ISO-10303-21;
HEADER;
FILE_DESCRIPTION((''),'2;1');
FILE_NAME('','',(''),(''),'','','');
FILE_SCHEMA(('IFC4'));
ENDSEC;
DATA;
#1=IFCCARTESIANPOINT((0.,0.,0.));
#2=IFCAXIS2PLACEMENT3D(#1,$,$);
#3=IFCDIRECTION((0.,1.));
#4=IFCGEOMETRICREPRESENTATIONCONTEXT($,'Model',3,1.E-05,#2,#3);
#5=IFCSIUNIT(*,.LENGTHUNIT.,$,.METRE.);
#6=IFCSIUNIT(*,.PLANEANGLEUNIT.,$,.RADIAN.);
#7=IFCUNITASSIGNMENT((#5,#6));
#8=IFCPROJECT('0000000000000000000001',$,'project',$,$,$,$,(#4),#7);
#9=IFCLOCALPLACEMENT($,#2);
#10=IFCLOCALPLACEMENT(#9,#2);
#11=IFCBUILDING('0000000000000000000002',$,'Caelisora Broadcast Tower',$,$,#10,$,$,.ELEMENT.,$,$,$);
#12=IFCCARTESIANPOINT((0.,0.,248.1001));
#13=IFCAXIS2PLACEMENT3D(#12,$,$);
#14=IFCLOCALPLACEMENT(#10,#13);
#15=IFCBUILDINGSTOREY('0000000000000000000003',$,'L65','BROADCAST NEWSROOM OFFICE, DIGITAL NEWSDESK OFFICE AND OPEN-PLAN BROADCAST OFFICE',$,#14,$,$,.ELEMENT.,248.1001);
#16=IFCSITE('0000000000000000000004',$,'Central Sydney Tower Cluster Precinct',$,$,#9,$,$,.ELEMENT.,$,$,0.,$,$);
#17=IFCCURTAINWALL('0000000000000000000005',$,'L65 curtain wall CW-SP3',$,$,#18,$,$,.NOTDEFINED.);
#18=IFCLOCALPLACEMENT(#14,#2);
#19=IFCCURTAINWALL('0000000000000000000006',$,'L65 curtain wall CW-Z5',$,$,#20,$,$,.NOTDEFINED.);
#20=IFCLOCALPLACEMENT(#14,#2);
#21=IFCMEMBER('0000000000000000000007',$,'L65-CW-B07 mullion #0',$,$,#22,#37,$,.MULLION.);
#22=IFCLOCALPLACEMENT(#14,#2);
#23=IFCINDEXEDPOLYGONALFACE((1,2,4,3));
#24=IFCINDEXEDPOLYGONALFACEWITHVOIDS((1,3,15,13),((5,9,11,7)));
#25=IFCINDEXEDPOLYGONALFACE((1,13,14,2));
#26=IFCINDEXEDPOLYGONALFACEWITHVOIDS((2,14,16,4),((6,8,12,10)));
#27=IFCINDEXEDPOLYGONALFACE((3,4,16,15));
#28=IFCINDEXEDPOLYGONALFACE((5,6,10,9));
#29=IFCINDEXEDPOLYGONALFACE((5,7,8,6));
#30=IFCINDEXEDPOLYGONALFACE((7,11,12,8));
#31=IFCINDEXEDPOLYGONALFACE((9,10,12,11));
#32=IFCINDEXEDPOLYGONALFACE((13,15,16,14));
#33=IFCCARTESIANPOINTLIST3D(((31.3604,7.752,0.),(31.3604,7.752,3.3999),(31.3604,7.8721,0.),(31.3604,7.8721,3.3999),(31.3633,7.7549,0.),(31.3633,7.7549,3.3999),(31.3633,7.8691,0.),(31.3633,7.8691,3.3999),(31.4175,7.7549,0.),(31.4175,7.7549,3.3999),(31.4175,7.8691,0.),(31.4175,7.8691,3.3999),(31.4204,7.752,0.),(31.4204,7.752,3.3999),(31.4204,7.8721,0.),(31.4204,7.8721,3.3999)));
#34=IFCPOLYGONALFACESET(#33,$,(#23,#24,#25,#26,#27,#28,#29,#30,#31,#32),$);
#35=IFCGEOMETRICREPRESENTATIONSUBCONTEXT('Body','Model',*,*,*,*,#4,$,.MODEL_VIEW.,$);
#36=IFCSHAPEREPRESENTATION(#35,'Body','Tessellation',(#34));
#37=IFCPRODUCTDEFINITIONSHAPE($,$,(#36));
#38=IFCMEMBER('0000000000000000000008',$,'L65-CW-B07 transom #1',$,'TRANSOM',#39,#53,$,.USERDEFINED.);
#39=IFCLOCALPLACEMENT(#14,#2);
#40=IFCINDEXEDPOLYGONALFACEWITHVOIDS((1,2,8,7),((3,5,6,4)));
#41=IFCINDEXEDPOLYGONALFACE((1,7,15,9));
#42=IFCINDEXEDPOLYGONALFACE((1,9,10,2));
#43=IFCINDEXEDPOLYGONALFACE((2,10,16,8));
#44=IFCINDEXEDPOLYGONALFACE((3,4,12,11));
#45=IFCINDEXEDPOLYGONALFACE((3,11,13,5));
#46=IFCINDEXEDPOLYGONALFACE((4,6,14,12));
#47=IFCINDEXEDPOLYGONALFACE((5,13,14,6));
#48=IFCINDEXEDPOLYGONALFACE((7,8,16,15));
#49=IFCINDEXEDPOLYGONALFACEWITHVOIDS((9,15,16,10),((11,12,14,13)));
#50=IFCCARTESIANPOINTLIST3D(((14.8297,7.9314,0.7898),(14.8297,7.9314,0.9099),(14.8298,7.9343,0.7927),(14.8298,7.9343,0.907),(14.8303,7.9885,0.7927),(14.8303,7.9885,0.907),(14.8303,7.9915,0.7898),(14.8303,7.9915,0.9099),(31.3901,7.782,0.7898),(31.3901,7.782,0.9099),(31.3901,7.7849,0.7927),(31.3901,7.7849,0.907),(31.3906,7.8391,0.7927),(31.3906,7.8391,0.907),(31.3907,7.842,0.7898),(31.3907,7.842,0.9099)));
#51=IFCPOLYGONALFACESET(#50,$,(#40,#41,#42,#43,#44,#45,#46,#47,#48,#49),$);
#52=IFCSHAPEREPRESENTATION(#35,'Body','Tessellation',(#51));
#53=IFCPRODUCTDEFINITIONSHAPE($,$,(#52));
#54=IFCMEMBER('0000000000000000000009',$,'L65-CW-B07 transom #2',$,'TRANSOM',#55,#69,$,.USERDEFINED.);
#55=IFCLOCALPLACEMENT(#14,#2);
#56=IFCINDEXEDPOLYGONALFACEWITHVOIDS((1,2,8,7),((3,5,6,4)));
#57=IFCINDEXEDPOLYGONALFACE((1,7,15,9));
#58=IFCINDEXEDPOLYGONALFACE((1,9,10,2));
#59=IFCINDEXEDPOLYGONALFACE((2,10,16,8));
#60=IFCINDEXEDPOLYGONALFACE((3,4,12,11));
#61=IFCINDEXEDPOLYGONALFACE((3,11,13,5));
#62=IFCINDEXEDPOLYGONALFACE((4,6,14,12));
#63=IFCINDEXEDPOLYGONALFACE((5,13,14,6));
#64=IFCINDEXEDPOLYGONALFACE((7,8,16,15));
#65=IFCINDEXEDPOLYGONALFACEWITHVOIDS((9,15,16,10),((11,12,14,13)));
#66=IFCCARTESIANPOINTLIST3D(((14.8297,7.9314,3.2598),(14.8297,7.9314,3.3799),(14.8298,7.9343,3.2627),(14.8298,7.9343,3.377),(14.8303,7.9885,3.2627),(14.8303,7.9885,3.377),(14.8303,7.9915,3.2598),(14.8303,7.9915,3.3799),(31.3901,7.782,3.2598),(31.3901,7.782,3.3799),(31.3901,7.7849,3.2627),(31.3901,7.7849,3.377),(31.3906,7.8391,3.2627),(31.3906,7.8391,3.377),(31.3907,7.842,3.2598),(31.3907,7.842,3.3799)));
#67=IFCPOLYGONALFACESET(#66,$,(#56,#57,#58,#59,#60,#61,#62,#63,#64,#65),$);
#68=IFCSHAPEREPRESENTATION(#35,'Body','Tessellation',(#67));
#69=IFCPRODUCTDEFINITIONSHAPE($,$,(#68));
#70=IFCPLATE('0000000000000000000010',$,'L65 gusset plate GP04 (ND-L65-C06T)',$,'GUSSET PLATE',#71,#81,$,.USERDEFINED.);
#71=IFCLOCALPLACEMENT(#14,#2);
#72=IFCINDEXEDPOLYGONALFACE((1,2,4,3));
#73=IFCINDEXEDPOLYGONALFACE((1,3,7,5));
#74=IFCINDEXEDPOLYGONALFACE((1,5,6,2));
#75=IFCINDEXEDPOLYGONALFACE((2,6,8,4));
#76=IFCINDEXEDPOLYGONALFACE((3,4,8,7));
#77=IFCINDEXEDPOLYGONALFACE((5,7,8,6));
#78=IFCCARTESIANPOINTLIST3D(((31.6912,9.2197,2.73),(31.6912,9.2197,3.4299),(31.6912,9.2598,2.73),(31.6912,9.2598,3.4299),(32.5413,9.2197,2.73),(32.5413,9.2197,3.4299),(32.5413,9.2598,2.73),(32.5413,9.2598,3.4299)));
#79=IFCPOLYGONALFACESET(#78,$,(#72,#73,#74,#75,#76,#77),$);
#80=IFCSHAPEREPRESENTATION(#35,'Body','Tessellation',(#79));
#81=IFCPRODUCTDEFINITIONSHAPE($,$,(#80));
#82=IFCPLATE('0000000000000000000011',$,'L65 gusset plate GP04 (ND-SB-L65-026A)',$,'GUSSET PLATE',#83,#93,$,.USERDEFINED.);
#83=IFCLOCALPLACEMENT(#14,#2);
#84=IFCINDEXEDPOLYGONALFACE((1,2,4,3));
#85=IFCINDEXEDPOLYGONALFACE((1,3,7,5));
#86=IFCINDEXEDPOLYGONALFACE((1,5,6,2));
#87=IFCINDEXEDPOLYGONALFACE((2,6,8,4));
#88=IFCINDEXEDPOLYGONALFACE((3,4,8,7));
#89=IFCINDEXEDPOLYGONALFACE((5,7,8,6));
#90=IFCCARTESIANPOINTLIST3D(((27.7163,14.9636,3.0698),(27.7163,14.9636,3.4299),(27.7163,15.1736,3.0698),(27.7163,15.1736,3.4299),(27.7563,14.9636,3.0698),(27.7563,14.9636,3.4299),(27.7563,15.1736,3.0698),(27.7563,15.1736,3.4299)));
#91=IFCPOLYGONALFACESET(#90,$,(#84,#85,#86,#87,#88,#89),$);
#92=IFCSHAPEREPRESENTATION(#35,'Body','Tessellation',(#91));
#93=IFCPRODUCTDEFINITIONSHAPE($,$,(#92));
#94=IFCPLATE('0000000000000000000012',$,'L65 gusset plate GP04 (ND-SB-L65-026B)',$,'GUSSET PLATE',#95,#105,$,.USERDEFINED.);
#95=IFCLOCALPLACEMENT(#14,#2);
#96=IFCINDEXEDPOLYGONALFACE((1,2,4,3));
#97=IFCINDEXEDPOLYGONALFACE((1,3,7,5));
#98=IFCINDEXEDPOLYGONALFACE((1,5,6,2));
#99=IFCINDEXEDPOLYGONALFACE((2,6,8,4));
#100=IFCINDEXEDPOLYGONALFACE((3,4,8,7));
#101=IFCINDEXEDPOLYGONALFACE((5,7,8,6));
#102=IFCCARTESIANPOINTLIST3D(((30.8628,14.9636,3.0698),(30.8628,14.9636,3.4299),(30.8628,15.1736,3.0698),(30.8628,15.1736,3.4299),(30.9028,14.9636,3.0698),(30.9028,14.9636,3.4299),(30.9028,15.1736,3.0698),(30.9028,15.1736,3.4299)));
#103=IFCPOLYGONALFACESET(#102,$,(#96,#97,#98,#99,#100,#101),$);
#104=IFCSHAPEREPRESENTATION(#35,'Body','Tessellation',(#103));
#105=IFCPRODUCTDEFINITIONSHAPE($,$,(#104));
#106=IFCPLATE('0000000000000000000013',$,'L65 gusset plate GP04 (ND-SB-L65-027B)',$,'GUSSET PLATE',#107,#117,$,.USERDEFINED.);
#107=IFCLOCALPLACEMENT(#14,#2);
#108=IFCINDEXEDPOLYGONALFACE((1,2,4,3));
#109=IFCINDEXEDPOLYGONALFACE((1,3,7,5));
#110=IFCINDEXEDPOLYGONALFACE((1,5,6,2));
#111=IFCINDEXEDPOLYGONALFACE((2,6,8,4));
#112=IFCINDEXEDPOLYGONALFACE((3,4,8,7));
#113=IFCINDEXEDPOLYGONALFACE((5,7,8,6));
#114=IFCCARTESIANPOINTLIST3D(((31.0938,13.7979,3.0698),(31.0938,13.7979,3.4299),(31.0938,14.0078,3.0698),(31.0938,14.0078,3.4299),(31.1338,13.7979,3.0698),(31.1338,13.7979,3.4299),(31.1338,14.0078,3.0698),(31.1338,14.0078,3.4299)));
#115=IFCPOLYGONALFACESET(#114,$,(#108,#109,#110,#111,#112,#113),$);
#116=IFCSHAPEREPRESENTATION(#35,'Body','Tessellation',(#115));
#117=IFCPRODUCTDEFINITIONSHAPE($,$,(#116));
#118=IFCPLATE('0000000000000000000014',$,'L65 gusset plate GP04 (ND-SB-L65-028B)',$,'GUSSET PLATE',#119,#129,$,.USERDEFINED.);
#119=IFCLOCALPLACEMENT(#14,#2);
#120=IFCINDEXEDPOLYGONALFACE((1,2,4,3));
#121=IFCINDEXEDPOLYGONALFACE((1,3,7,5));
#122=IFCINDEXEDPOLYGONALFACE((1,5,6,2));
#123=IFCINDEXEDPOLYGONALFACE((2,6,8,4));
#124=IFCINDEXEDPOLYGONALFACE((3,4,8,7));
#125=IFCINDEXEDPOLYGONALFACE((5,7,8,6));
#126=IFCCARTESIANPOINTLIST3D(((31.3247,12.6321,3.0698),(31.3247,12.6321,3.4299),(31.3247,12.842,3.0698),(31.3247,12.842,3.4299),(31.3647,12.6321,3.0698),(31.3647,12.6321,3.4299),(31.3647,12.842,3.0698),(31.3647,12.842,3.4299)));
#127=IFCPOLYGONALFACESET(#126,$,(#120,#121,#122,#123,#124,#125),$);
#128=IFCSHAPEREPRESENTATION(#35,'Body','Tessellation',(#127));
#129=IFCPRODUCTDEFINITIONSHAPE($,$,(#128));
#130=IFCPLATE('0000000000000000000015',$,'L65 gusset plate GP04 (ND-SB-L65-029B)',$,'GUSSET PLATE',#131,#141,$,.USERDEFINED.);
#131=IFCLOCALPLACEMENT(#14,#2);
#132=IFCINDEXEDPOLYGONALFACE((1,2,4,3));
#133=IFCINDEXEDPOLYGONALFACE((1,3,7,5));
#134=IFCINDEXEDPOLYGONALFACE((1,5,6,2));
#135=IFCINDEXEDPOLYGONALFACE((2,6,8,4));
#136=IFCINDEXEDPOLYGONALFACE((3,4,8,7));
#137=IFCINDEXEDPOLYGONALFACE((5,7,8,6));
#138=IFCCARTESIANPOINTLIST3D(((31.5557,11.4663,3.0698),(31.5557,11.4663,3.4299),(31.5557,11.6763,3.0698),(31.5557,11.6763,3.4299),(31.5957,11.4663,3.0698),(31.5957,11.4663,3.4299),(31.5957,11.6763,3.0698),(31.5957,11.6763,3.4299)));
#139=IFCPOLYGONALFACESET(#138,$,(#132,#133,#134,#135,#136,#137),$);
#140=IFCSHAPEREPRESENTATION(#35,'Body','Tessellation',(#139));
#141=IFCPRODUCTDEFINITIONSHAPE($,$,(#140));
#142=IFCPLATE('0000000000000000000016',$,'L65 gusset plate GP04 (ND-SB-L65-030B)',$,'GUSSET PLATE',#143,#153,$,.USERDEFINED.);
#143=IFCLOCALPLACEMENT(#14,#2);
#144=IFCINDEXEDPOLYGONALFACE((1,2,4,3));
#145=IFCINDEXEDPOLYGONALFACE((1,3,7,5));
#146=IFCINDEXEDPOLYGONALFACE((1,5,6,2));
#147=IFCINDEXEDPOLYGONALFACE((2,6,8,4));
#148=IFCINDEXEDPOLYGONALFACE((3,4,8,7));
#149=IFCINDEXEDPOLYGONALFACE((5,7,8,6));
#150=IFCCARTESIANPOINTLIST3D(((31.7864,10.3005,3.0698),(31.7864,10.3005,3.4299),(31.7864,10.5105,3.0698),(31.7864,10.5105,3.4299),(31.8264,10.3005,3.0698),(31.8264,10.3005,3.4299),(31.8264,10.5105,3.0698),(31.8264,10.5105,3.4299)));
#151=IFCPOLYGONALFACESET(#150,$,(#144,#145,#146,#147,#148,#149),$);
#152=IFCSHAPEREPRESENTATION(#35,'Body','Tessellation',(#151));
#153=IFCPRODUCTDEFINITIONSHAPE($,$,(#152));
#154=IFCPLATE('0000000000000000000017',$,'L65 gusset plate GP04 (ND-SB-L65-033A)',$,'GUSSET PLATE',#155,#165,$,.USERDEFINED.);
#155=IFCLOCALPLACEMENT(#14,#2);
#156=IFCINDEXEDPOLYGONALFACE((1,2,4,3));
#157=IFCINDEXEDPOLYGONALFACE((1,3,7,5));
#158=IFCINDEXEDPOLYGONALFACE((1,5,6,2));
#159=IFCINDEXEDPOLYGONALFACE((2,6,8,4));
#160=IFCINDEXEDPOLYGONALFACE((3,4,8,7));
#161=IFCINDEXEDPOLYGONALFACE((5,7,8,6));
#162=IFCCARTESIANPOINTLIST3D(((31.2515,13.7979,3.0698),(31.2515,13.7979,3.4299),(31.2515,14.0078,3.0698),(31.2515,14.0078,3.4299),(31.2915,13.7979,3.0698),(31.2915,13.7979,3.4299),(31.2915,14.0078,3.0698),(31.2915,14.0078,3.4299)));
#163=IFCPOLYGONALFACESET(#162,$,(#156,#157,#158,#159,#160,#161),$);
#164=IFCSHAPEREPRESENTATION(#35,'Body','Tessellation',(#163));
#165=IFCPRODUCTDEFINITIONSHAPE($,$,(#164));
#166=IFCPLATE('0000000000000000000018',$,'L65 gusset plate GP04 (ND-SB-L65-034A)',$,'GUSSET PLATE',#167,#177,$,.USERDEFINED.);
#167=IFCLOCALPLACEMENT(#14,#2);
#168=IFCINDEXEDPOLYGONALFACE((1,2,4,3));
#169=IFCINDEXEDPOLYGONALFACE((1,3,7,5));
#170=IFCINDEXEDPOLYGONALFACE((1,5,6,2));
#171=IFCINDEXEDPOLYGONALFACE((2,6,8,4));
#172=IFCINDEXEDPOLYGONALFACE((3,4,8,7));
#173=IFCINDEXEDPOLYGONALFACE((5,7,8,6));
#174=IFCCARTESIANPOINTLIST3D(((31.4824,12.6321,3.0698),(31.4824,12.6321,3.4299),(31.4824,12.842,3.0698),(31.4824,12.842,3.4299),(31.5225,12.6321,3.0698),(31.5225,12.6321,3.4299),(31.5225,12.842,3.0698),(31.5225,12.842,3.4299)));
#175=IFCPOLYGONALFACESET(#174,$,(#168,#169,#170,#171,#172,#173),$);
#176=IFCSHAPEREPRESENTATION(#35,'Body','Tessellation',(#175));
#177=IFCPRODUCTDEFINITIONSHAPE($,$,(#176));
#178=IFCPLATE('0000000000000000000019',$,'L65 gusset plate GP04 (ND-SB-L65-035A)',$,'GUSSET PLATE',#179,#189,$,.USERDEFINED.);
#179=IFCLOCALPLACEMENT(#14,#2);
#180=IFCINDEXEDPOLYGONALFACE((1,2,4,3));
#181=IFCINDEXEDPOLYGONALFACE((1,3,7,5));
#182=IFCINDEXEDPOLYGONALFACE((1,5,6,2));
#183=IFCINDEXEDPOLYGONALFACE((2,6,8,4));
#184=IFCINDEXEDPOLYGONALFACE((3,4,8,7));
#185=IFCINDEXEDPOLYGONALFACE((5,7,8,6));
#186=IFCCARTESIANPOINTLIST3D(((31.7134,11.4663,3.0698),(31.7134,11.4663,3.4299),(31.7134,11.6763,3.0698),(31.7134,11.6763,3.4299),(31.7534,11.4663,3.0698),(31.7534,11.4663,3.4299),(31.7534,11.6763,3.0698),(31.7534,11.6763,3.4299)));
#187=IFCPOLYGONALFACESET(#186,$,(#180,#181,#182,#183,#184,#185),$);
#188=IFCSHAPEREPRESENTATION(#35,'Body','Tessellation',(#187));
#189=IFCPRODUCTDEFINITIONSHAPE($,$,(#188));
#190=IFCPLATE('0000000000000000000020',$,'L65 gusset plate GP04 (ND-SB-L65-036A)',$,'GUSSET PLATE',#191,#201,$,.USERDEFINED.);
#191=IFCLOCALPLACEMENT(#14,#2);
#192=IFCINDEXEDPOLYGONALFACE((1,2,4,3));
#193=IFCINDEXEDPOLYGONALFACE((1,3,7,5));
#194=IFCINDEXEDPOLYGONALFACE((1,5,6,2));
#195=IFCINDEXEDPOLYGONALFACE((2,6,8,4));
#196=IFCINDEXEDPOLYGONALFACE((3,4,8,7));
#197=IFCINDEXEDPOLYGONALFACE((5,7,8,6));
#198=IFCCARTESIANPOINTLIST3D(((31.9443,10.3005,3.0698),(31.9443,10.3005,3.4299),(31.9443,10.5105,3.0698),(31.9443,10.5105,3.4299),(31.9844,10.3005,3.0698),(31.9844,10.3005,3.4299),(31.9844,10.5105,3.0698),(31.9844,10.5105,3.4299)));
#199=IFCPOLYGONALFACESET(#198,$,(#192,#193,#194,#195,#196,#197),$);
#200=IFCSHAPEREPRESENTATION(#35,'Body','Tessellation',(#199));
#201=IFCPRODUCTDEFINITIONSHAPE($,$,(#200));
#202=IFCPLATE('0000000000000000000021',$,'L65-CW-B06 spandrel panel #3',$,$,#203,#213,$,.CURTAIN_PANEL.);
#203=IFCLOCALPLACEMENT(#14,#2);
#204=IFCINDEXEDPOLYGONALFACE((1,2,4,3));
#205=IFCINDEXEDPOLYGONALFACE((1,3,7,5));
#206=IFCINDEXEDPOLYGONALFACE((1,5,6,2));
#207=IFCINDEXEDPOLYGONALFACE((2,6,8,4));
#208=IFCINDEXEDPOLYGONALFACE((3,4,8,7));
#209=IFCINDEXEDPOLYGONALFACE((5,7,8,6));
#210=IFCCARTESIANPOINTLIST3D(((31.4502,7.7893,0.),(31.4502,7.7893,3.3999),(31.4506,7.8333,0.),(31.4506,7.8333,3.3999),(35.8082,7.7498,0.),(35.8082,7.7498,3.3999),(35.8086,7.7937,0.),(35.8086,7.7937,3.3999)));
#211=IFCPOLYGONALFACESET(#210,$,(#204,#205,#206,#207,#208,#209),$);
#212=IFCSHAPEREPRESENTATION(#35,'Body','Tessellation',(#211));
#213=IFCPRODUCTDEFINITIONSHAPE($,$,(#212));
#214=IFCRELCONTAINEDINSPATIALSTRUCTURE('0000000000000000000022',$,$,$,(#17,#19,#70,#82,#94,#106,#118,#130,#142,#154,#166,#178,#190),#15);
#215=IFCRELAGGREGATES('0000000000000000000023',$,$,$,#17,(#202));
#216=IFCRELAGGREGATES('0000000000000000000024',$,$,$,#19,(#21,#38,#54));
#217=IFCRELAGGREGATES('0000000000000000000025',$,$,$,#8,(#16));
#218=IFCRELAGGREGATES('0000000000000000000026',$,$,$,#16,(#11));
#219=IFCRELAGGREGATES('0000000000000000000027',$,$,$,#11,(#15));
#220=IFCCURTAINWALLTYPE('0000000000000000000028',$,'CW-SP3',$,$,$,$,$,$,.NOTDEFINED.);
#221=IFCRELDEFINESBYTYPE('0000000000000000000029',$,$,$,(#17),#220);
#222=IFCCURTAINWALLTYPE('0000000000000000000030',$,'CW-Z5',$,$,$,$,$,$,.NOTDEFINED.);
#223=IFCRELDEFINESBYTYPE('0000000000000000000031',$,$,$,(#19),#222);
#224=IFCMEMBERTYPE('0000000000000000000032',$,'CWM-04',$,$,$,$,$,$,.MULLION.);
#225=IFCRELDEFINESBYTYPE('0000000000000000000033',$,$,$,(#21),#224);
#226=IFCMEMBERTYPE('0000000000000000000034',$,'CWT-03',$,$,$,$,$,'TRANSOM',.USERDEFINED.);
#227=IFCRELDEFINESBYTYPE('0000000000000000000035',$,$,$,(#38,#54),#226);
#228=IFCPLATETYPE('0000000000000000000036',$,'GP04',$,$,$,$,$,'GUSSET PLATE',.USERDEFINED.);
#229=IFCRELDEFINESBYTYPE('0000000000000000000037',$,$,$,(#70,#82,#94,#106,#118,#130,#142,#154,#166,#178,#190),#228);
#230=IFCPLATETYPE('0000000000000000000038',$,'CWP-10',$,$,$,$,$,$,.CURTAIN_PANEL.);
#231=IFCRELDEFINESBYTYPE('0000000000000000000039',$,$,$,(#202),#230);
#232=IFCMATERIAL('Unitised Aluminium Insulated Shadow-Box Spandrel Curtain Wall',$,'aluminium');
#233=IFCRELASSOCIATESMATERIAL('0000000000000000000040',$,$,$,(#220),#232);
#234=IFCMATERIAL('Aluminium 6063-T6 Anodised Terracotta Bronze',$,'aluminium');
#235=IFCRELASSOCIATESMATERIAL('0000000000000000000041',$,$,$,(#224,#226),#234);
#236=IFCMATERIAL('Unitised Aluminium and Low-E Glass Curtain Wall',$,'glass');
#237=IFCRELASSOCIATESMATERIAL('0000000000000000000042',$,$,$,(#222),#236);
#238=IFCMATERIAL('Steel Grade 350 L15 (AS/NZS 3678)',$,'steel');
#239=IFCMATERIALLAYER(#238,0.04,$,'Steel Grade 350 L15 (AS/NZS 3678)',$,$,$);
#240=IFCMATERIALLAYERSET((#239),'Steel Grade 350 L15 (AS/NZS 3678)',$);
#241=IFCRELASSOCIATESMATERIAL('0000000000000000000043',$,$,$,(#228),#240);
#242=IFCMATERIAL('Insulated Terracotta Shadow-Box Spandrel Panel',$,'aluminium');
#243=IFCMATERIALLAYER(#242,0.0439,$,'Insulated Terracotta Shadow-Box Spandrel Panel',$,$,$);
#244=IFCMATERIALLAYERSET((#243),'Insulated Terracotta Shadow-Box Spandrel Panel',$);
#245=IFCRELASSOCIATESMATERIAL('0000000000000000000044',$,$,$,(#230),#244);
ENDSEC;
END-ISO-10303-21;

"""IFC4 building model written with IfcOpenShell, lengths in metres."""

from ifc_helpers import new_model, si_unit, direction, frame, origin, origin_2d, place, context, subcontext, project, spatial, rectangle, hollow_rectangle, extrude, source, transform, mapped, material, layer, layer_set, material_profile, profile_set, type_object, type_shapes, element, aggregate, save


model = new_model("IFC4")

# Units and contexts
model_context = context("Model", 3, precision=1e-05, world=origin(), true_north=direction((0.0, 1.0)))
body_context = subcontext(model_context, "Body", "Model", "MODEL_VIEW")
ifc_project = project(units=[si_unit("LENGTHUNIT", "METRE"), si_unit("PLANEANGLEUNIT", "RADIAN")], contexts=[model_context])

# Site, building, storey
site_placement = place(None, origin())
site = spatial("IfcSite", under=ifc_project, at=site_placement, Name="Central Sydney Tower Cluster Precinct", CompositionType="ELEMENT", RefElevation=0.0)
building_placement = place(site_placement, origin())
building = spatial("IfcBuilding", under=site, at=building_placement, Name="Caelisora Broadcast Tower", CompositionType="ELEMENT")
storey_placement = place(building_placement, frame((0.0, 0.0, 248.1001)))
storey = spatial("IfcBuildingStorey", under=building, at=storey_placement, Name="L65", Description="BROADCAST NEWSROOM OFFICE, DIGITAL NEWSDESK OFFICE AND OPEN-PLAN BROADCAST OFFICE", CompositionType="ELEMENT", Elevation=248.1001)

# Shared definitions
ifc_material_1 = material(Name="Steel Grade 350 L15 (AS/NZS 3678)", Category="steel")

# Curtain wall
ifc_material_2 = material(Name="Unitised Aluminium Insulated Shadow-Box Spandrel Curtain Wall", Category="aluminium")
curtain_wall_type_1 = type_object("IfcCurtainWallType", Name="CW-SP3", PredefinedType="NOTDEFINED", material=ifc_material_2)
curtain_wall_1_placement = place(storey_placement, origin())
curtain_wall_1 = element("IfcCurtainWall", 1, at=curtain_wall_1_placement, inside=storey, type_object=curtain_wall_type_1, Name="L65 curtain wall CW-SP3", PredefinedType="NOTDEFINED")
ifc_material_3 = material(Name="Aluminium 6063-T6 Anodised Terracotta Bronze", Category="aluminium")
ifc_material_profile_1 = material_profile(ifc_material_3, hollow_rectangle(XDim=0.0601, YDim=0.1201, WallThickness=0.0029, at=origin_2d()), Name="Aluminium 6063-T6 Anodised Terracotta Bronze")
ifc_profile_set_1 = profile_set([ifc_material_profile_1], Name="Aluminium 6063-T6 Anodised Terracotta Bronze")
member_type_1 = type_object("IfcMemberType", Name="CWM-04", PredefinedType="MULLION", material=ifc_profile_set_1)
shared_shape_1 = source(origin(), body_context, "Body", "SweptSolid", [
    extrude(hollow_rectangle(XDim=0.0601, YDim=0.1201, WallThickness=0.0029, at=origin_2d()), origin(), (0.0, 0.0, 1.0), 3.3999),
])
type_shapes(member_type_1, [shared_shape_1])

# Curtain wall, members
ifc_material_4 = material(Name="Unitised Aluminium and Low-E Glass Curtain Wall", Category="glass")
curtain_wall_type_2 = type_object("IfcCurtainWallType", Name="CW-Z5", PredefinedType="NOTDEFINED", material=ifc_material_4)
curtain_wall_2_placement = place(storey_placement, origin())
curtain_wall_2 = element("IfcCurtainWall", 2, at=curtain_wall_2_placement, inside=storey, type_object=curtain_wall_type_2, Name="L65 curtain wall CW-Z5", PredefinedType="NOTDEFINED")
member_1_placement = place(storey_placement, frame((31.3904, 7.812, 0.0), z_axis=(0.0, 0.0, 1.0), x_axis=(1.0, 0.0, 0.0)))
member_1 = element("IfcMember", 3, at=member_1_placement, type_object=member_type_1, Name="L65-CW-B07 mullion #0", PredefinedType="MULLION", context=body_context, shape_type="MappedRepresentation", body=[
    mapped(shared_shape_1, transform((0.0, 0.0, 0.0), scale=1.0)),
])
ifc_material_profile_2 = material_profile(ifc_material_3, hollow_rectangle(XDim=0.0601, YDim=0.1201, WallThickness=0.0029, at=origin_2d()), Name="Aluminium 6063-T6 Anodised Terracotta Bronze")
ifc_profile_set_2 = profile_set([ifc_material_profile_2], Name="Aluminium 6063-T6 Anodised Terracotta Bronze")
member_type_2 = type_object("IfcMemberType", Name="CWT-03", ElementType="TRANSOM", PredefinedType="USERDEFINED", material=ifc_profile_set_2)
shared_shape_2 = source(origin(), body_context, "Body", "SweptSolid", [
    extrude(hollow_rectangle(XDim=0.0601, YDim=0.1201, WallThickness=0.0029, at=origin_2d()), origin(), (0.0, 0.0, 1.0), 16.561),
])
type_shapes(member_type_2, [shared_shape_2])
member_2_placement = place(storey_placement, frame((31.3904, 7.812, 0.8499), z_axis=(-0.999959, 0.009022, 0.0), x_axis=(-0.009022, -0.999959, 0.0)))
member_2 = element("IfcMember", 4, at=member_2_placement, type_object=member_type_2, Name="L65-CW-B07 transom #1", ObjectType="TRANSOM", PredefinedType="USERDEFINED", context=body_context, shape_type="MappedRepresentation", body=[
    mapped(shared_shape_2, transform((0.0, 0.0, 0.0), scale=1.0)),
])
member_3_placement = place(storey_placement, frame((31.3904, 7.812, 3.3198), z_axis=(-0.999959, 0.009022, 0.0), x_axis=(-0.009022, -0.999959, 0.0)))
member_3 = element("IfcMember", 5, at=member_3_placement, type_object=member_type_2, Name="L65-CW-B07 transom #2", ObjectType="TRANSOM", PredefinedType="USERDEFINED", context=body_context, shape_type="MappedRepresentation", body=[
    mapped(shared_shape_2, transform((0.0, 0.0, 0.0), scale=1.0)),
])

# Plates
ifc_layer_1 = layer(ifc_material_1, 0.04, Name="Steel Grade 350 L15 (AS/NZS 3678)")
ifc_layer_set_1 = layer_set([ifc_layer_1], Name="Steel Grade 350 L15 (AS/NZS 3678)")
plate_type_1 = type_object("IfcPlateType", Name="GP04", ElementType="GUSSET PLATE", PredefinedType="USERDEFINED", material=ifc_layer_set_1)
shared_shape_3 = source(origin(), body_context, "Body", "SweptSolid", [
    extrude(rectangle(XDim=0.8501, YDim=0.04, at=origin_2d()), origin(), (0.0, 0.0, 1.0), 0.7),
])
plate_1_placement = place(storey_placement, frame((32.1162, 9.2397, 2.73), z_axis=(0.0, 0.0, 1.0), x_axis=(1.0, 0.0, 0.0)))
element("IfcPlate", 6, at=plate_1_placement, inside=storey, type_object=plate_type_1, Name="L65 gusset plate GP04 (ND-L65-C06T)", ObjectType="GUSSET PLATE", PredefinedType="USERDEFINED", context=body_context, shape_type="MappedRepresentation", body=[
    mapped(shared_shape_3, transform((0.0, 0.0, 0.0), scale=1.0)),
])
shared_shape_4 = source(origin(), body_context, "Body", "SweptSolid", [
    extrude(rectangle(XDim=0.21, YDim=0.04, at=origin_2d()), origin(), (0.0, 0.0, 1.0), 0.3601),
])
type_shapes(plate_type_1, [shared_shape_3, shared_shape_4])
for number, where, z_axis, x_axis, name in (
    (7, (27.7363, 15.0686, 3.0698), (0.0, 0.0, 1.0), (0.0, 1.0, 0.0), "L65 gusset plate GP04 (ND-SB-L65-026A)"),
    (8, (30.8828, 15.0686, 3.0698), (0.0, 0.0, 1.0), (0.0, 1.0, 0.0), "L65 gusset plate GP04 (ND-SB-L65-026B)"),
    (9, (31.1138, 13.9028, 3.0698), (0.0, 0.0, 1.0), (0.0, 1.0, 0.0), "L65 gusset plate GP04 (ND-SB-L65-027B)"),
    (10, (31.3447, 12.7371, 3.0698), (0.0, 0.0, 1.0), (0.0, 1.0, 0.0), "L65 gusset plate GP04 (ND-SB-L65-028B)"),
    (11, (31.5757, 11.5713, 3.0698), (0.0, 0.0, 1.0), (0.0, 1.0, 0.0), "L65 gusset plate GP04 (ND-SB-L65-029B)"),
    (12, (31.8064, 10.4055, 3.0698), (0.0, 0.0, 1.0), (0.0, 1.0, 0.0), "L65 gusset plate GP04 (ND-SB-L65-030B)"),
    (13, (31.2715, 13.9028, 3.0698), (0.0, 0.0, 1.0), (0.0, 1.0, 0.0), "L65 gusset plate GP04 (ND-SB-L65-033A)"),
    (14, (31.5024, 12.7371, 3.0698), (0.0, 0.0, 1.0), (0.0, 1.0, 0.0), "L65 gusset plate GP04 (ND-SB-L65-034A)"),
    (15, (31.7334, 11.5713, 3.0698), (0.0, 0.0, 1.0), (0.0, 1.0, 0.0), "L65 gusset plate GP04 (ND-SB-L65-035A)"),
    (16, (31.9644, 10.4055, 3.0698), (0.0, 0.0, 1.0), (0.0, 1.0, 0.0), "L65 gusset plate GP04 (ND-SB-L65-036A)"),
):
    element("IfcPlate", number, at=place(storey_placement, frame(where, z_axis=z_axis, x_axis=x_axis)), inside=storey, type_object=plate_type_1, Name=name, ObjectType="GUSSET PLATE", PredefinedType="USERDEFINED", context=body_context, shape_type="MappedRepresentation", body=[
        mapped(shared_shape_4, transform((0.0, 0.0, 0.0), scale=1.0)),
    ])

# Plate
ifc_material_5 = material(Name="Insulated Terracotta Shadow-Box Spandrel Panel", Category="aluminium")
ifc_layer_2 = layer(ifc_material_5, 0.0439, Name="Insulated Terracotta Shadow-Box Spandrel Panel")
ifc_layer_set_2 = layer_set([ifc_layer_2], Name="Insulated Terracotta Shadow-Box Spandrel Panel")
plate_type_2 = type_object("IfcPlateType", Name="CWP-10", PredefinedType="CURTAIN_PANEL", material=ifc_layer_set_2)
shared_shape_5 = source(origin(), body_context, "Body", "SweptSolid", [
    extrude(rectangle(XDim=4.3582, YDim=0.0439, at=origin_2d()), origin(), (0.0, 0.0, 1.0), 3.3999),
])
type_shapes(plate_type_2, [shared_shape_5])
plate_2_placement = place(storey_placement, frame((33.6294, 7.7915, 0.0), z_axis=(0.0, 0.0, 1.0), x_axis=(-0.999959, 0.009076, 0.0)))
plate_2 = element("IfcPlate", 17, at=plate_2_placement, type_object=plate_type_2, Name="L65-CW-B06 spandrel panel #3", PredefinedType="CURTAIN_PANEL", context=body_context, shape_type="MappedRepresentation", body=[
    mapped(shared_shape_5, transform((0.0, 0.0, 0.0), scale=1.0)),
])
aggregate(curtain_wall_1, [plate_2])
aggregate(curtain_wall_2, [member_1, member_2, member_3])

save(model, "model.ifc")
